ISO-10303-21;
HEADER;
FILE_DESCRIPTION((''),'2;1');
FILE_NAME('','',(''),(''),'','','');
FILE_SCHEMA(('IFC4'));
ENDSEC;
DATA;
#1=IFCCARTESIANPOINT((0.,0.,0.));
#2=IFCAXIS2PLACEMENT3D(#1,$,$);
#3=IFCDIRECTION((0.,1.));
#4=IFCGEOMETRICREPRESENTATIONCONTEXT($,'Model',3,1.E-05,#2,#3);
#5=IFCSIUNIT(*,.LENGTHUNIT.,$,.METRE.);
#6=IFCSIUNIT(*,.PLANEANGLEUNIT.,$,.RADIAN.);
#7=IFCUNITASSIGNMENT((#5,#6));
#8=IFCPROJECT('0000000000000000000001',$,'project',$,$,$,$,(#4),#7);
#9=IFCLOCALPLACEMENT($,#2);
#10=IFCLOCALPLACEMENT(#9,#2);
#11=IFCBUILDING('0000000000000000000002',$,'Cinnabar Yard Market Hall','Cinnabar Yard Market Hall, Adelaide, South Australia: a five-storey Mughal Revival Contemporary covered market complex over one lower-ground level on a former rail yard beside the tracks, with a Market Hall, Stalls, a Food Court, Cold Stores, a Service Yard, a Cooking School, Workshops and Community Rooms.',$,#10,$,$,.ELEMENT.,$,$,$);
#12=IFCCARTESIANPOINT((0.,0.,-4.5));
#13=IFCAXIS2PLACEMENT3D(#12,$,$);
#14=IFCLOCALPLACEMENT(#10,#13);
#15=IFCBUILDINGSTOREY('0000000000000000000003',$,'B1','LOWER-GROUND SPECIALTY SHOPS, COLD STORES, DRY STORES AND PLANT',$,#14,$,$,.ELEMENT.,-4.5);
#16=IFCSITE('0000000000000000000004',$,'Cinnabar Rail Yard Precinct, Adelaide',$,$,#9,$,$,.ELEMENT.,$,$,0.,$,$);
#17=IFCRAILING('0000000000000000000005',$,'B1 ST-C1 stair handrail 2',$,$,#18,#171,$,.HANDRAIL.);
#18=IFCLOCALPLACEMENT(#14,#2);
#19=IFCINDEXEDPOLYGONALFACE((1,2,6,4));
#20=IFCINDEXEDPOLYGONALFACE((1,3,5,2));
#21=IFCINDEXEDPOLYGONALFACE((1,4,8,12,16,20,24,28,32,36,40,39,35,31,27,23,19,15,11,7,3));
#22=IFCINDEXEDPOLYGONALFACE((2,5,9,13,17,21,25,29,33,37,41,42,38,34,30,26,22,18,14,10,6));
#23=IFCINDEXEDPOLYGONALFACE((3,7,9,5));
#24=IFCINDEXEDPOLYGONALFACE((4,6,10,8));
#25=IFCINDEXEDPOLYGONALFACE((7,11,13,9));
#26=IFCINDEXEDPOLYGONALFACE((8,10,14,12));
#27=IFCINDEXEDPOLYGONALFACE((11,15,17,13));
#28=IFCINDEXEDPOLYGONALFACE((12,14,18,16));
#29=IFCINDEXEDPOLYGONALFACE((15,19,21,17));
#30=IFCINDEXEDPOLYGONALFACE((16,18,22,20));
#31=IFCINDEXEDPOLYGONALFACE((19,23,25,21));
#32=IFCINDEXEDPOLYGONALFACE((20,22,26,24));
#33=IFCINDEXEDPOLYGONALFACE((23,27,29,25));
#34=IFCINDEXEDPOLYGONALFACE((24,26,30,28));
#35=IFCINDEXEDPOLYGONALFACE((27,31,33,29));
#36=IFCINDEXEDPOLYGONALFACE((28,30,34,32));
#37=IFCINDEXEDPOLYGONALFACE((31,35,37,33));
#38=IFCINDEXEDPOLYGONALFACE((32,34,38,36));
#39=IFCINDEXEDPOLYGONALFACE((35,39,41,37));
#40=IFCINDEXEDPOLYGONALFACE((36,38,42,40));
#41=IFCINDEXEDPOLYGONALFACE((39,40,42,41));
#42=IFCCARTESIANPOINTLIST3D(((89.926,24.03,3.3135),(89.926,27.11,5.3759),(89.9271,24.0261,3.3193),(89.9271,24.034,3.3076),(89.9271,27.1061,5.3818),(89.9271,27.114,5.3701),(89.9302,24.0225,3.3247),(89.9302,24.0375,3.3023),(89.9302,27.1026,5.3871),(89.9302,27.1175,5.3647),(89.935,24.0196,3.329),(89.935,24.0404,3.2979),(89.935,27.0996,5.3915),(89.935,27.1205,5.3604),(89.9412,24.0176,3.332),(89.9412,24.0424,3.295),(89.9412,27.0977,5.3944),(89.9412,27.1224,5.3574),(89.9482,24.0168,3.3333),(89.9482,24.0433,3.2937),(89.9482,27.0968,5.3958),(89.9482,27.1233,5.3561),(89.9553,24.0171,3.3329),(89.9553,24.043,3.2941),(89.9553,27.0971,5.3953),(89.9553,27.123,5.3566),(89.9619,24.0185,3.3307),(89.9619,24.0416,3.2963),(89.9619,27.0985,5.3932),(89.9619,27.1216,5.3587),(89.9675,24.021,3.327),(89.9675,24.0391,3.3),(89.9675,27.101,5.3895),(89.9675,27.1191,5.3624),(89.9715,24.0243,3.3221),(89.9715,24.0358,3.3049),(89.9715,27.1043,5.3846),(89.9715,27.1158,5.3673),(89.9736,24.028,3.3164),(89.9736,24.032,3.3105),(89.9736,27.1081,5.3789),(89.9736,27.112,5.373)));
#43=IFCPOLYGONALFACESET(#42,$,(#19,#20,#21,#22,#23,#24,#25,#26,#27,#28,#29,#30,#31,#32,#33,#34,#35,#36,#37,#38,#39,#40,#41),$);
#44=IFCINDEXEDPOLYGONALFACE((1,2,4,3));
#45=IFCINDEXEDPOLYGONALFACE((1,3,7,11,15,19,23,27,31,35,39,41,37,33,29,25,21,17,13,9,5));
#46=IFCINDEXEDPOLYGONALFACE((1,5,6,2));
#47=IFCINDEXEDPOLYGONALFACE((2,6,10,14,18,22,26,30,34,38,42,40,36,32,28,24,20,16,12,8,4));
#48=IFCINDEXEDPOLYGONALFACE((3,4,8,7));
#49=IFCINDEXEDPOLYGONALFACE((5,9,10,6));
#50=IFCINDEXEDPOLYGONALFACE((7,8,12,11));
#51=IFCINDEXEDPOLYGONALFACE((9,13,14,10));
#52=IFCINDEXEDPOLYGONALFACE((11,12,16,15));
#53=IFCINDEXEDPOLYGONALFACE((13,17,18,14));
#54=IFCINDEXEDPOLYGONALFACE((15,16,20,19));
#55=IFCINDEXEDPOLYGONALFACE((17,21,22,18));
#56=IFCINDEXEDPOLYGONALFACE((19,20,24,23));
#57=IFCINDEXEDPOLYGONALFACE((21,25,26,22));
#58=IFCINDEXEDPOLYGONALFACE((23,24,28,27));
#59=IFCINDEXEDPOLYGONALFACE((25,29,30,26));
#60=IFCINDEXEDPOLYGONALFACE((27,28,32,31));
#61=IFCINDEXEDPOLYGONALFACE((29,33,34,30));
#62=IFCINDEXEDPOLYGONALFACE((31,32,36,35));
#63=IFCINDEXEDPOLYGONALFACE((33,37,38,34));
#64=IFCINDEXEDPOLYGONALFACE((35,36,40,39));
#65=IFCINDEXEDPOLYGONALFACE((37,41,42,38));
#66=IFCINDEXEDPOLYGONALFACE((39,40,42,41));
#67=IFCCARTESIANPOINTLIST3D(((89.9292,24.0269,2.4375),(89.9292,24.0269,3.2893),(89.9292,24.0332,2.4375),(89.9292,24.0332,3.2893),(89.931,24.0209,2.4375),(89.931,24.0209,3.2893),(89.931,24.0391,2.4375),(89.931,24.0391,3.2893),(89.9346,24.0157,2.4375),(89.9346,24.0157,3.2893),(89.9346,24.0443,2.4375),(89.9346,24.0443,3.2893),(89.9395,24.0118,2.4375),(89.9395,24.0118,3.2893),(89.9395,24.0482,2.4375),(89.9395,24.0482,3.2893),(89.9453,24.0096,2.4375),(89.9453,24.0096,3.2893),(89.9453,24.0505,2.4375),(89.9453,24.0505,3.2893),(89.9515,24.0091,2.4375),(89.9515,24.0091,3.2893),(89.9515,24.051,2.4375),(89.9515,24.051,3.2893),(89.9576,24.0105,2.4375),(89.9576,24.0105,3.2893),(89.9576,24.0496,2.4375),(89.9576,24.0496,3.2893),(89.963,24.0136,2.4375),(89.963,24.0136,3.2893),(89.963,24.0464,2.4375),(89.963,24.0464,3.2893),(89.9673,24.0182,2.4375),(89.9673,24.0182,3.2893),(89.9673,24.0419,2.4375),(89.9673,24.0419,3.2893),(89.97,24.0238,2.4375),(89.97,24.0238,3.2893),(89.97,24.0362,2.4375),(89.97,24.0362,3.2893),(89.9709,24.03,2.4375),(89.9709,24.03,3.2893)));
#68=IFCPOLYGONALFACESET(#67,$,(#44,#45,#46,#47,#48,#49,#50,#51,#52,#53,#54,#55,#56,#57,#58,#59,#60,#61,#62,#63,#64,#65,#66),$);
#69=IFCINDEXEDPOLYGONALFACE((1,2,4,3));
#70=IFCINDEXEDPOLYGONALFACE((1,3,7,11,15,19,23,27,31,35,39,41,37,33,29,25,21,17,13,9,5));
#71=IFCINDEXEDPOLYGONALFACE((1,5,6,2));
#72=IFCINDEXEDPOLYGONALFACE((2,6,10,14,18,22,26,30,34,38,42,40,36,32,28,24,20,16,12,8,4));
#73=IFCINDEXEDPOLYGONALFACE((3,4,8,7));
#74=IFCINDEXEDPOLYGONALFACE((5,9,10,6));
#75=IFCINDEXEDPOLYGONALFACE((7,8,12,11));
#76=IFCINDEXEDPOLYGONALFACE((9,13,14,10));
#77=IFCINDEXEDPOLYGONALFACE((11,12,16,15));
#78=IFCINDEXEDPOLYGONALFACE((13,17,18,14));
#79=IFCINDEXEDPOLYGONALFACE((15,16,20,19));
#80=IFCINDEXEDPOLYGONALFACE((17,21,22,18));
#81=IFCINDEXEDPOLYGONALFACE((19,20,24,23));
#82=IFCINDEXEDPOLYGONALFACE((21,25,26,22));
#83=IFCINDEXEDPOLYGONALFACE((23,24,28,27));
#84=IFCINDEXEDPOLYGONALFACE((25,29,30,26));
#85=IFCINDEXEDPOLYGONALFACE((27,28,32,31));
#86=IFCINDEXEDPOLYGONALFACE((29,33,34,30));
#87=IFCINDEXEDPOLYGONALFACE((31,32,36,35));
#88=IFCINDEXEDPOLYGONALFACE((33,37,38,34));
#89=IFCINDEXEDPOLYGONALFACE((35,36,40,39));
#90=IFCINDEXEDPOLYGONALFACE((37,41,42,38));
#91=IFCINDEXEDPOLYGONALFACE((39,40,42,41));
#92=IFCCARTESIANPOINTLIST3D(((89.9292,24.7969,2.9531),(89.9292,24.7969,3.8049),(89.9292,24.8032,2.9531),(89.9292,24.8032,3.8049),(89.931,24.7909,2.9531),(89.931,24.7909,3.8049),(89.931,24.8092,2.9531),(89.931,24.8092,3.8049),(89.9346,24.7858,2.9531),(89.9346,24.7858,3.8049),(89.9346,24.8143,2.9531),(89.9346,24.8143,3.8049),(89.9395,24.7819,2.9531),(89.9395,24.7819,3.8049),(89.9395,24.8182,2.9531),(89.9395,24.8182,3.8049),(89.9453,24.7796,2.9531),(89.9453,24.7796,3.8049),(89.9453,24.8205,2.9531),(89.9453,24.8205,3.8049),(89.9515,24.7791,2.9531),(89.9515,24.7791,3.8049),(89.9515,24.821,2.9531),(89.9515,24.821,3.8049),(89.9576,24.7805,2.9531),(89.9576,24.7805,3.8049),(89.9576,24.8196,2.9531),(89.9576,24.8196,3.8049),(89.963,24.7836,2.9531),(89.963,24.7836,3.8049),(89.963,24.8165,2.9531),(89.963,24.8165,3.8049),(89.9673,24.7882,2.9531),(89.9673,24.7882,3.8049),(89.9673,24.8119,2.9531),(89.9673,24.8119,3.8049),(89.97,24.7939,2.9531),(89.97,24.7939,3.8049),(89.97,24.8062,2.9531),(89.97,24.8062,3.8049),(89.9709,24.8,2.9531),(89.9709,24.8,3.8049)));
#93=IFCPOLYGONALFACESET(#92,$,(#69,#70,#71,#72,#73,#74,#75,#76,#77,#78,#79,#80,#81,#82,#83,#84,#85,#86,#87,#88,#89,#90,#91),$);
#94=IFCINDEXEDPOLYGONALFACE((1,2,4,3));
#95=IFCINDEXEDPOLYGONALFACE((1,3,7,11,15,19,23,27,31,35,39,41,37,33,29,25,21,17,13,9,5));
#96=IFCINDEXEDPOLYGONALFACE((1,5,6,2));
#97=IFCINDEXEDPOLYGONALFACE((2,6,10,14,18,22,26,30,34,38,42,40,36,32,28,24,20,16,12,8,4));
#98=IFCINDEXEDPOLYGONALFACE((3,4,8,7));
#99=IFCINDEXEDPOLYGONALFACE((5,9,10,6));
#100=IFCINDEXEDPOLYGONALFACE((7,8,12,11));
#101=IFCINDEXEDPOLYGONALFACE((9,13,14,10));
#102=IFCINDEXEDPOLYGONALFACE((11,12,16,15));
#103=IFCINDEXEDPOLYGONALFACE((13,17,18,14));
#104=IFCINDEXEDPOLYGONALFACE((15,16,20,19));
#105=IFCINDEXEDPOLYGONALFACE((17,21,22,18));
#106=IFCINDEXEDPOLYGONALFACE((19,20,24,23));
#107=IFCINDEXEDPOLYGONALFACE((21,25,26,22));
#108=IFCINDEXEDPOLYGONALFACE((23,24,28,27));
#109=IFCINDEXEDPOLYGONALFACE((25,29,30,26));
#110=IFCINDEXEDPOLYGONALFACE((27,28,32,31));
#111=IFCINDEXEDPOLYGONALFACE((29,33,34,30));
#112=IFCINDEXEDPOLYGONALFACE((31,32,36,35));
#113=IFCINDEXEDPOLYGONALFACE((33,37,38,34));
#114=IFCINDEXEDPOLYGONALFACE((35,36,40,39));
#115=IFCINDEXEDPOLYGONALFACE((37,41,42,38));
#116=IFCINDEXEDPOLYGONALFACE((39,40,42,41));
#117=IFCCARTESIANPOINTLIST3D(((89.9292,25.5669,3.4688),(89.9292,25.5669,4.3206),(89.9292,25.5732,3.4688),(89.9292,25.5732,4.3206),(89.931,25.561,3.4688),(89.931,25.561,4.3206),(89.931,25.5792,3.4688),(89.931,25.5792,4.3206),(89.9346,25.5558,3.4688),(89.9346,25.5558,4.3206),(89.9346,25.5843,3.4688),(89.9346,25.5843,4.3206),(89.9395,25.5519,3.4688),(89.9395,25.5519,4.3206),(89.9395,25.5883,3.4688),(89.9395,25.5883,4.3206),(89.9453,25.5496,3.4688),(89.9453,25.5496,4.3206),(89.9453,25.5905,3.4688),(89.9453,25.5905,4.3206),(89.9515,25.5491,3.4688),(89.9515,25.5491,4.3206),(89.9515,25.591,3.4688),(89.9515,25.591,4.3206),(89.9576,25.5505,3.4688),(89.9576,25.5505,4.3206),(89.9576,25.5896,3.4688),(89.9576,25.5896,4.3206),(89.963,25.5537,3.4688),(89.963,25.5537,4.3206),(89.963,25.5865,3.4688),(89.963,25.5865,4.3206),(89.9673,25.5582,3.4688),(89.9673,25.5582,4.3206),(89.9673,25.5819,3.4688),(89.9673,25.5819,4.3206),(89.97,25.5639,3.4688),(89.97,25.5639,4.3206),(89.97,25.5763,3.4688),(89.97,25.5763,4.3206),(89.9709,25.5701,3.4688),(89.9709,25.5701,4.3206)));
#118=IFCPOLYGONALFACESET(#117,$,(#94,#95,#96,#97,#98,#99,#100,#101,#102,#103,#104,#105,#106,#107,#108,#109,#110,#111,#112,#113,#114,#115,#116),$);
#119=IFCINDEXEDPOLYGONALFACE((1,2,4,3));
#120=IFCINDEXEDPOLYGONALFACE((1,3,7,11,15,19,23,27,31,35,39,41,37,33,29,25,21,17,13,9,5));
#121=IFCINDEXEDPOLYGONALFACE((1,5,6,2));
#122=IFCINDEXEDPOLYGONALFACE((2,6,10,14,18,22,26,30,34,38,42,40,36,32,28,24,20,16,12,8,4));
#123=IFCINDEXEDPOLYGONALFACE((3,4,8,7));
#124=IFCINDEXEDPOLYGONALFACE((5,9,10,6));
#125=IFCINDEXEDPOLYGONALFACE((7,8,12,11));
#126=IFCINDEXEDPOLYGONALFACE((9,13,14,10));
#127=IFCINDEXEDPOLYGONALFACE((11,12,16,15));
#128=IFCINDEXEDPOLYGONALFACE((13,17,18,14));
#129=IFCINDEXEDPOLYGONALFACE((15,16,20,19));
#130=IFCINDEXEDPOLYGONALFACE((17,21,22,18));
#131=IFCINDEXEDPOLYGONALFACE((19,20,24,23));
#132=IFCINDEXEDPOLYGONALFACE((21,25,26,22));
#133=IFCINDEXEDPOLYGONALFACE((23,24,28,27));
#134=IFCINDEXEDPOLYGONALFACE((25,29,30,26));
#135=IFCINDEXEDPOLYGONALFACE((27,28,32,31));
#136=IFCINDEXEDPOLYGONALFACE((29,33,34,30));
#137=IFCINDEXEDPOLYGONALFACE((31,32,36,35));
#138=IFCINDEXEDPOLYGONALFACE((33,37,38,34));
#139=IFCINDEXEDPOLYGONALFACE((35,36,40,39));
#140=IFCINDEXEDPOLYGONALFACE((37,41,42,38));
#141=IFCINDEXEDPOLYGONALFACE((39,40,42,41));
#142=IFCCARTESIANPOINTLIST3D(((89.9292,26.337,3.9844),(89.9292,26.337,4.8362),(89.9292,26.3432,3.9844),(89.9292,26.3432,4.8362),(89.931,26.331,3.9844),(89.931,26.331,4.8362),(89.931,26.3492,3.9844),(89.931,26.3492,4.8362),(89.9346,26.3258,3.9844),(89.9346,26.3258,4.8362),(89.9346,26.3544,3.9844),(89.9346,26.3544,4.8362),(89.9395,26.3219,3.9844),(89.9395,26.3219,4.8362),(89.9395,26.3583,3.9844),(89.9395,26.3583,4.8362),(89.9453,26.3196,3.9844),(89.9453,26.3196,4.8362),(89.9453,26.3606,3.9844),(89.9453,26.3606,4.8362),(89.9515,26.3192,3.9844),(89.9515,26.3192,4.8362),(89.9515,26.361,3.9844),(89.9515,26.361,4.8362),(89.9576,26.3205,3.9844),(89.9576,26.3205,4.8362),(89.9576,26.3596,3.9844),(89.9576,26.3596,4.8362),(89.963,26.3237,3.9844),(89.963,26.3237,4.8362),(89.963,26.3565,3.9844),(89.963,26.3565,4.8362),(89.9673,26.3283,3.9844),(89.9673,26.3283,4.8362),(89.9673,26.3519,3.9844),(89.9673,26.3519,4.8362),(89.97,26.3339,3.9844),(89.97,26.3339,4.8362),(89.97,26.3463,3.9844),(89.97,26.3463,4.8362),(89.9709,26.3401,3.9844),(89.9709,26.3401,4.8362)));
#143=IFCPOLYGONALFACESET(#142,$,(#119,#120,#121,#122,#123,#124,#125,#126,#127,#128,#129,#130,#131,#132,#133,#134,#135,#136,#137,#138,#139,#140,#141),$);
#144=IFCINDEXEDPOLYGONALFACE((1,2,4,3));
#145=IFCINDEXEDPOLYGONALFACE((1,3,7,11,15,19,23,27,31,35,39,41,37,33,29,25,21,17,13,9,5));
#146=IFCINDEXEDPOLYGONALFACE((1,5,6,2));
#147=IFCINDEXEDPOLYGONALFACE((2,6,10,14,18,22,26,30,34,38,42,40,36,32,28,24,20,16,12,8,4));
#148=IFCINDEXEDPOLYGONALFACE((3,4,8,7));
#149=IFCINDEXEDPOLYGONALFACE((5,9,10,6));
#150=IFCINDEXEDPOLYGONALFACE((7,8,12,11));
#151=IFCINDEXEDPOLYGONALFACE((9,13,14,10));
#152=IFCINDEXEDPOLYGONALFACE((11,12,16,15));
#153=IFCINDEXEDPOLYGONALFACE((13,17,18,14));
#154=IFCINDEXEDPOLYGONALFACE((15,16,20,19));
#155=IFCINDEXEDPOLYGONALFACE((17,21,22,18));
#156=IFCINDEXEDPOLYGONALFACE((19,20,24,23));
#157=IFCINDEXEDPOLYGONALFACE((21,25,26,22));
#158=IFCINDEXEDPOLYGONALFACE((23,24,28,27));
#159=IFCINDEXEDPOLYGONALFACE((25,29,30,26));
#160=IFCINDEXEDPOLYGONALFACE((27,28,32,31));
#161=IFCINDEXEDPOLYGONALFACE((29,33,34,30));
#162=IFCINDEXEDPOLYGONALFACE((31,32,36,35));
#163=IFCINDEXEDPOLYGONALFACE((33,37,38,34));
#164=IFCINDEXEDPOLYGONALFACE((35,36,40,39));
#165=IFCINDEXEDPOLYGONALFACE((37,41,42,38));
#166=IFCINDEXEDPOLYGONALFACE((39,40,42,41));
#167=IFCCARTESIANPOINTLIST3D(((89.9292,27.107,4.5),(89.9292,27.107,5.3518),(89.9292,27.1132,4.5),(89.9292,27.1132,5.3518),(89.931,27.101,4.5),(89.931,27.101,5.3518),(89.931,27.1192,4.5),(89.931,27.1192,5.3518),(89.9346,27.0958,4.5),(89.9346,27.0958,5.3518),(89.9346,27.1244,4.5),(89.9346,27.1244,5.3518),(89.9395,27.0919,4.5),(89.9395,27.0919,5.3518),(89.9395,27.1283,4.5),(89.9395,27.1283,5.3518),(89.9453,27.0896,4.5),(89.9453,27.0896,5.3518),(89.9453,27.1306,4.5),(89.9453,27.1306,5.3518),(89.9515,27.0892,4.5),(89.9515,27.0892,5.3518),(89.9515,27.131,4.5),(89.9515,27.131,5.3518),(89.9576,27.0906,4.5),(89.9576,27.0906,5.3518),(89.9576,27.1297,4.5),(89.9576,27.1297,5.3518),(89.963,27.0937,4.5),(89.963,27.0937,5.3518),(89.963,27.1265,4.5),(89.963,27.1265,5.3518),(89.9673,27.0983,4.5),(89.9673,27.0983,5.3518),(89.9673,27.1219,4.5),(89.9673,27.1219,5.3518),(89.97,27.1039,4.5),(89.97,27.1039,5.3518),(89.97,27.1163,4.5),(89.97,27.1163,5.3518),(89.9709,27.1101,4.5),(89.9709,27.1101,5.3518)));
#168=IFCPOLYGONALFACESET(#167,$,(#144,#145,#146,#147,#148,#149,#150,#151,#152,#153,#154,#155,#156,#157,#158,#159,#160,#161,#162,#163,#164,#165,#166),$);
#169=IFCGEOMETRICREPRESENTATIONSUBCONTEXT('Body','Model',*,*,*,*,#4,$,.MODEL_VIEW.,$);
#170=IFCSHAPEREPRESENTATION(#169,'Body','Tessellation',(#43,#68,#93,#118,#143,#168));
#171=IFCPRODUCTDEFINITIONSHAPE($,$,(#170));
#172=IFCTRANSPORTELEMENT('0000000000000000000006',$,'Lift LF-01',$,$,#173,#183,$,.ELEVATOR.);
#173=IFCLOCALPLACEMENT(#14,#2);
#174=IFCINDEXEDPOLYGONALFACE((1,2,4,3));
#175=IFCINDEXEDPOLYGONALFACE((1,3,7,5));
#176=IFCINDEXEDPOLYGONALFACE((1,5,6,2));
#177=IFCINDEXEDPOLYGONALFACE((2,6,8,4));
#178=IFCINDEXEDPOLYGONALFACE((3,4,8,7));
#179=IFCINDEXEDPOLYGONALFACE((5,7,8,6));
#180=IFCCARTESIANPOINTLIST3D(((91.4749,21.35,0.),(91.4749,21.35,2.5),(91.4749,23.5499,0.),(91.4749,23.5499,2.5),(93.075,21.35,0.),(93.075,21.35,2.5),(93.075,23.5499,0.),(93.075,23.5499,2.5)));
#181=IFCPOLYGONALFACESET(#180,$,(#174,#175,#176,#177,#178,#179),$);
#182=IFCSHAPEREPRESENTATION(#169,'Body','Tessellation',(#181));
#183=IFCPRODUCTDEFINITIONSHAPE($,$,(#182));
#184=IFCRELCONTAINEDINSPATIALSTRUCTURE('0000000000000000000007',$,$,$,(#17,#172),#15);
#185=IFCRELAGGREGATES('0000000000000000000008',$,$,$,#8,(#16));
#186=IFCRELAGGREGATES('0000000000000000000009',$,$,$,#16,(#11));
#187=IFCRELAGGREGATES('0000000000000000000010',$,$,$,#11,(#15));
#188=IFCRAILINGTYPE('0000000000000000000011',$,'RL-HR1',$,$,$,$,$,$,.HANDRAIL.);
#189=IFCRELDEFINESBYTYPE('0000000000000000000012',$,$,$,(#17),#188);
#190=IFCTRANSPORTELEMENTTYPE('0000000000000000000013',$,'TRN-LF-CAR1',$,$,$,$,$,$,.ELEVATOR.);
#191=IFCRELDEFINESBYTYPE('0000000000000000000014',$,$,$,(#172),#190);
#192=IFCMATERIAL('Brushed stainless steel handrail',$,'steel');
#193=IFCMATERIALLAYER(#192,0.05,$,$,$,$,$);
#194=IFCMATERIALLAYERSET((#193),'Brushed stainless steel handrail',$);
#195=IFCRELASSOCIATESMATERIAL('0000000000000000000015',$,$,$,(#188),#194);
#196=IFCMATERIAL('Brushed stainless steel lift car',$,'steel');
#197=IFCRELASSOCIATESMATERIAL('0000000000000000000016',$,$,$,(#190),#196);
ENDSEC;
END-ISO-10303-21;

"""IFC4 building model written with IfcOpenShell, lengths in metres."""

from ifc_helpers import new_model, si_unit, direction, frame, origin, origin_2d_with_axis, place, context, subcontext, project, spatial, rectangle, circle, extrude, material, layer, layer_set, type_object, element, save


model = new_model("IFC4")

# Units and contexts
model_context = context("Model", 3, precision=1e-05, world=origin(), true_north=direction((0.0, 1.0)))
body_context = subcontext(model_context, "Body", "Model", "MODEL_VIEW")
ifc_project = project(units=[si_unit("LENGTHUNIT", "METRE"), si_unit("PLANEANGLEUNIT", "RADIAN")], contexts=[model_context])

# Site, building, storey
site_placement = place(None, origin())
site = spatial("IfcSite", under=ifc_project, at=site_placement, Name="Cinnabar Rail Yard Precinct, Adelaide", CompositionType="ELEMENT", RefElevation=0.0)
building_placement = place(site_placement, origin())
building = spatial("IfcBuilding", under=site, at=building_placement, Name="Cinnabar Yard Market Hall", Description="Cinnabar Yard Market Hall, Adelaide, South Australia: a five-storey Mughal Revival Contemporary covered market complex over one lower-ground level on a former rail yard beside the tracks, with a Market Hall, Stalls, a Food Court, Cold Stores, a Service Yard, a Cooking School, Workshops and Community Rooms.", CompositionType="ELEMENT")
storey_placement = place(building_placement, frame((0.0, 0.0, -4.5)))
storey = spatial("IfcBuildingStorey", under=building, at=storey_placement, Name="B1", Description="LOWER-GROUND SPECIALTY SHOPS, COLD STORES, DRY STORES AND PLANT", CompositionType="ELEMENT", Elevation=-4.5)

# Railing
ifc_material_1 = material(Name="Brushed stainless steel handrail", Category="steel")
ifc_layer_1 = layer(ifc_material_1, 0.05)
ifc_layer_set_1 = layer_set([ifc_layer_1], Name="Brushed stainless steel handrail")
railing_type_1 = type_object("IfcRailingType", Name="RL-HR1", PredefinedType="HANDRAIL", material=ifc_layer_set_1)
railing_1_placement = place(storey_placement, frame((89.95, 24.03, 2.4375)))
element("IfcRailing", 1, at=railing_1_placement, inside=storey, type_object=railing_type_1, Name="B1 ST-C1 stair handrail 2", PredefinedType="HANDRAIL", context=body_context, shape_type="SweptSolid", body=[
    extrude(circle(Radius=0.0239, at=origin_2d_with_axis()), frame((0.0, 0.0, 0.876), z_axis=(0.0, 0.830914, 0.556401), x_axis=(-1.0, 0.0, 0.0)), (0.0, 0.0, 1.0), 3.7068),
    extrude(circle(Radius=0.021, at=origin_2d_with_axis()), origin(), (0.0, 0.0, 1.0), 0.8518),
    extrude(circle(Radius=0.021, at=origin_2d_with_axis()), frame((0.0, 0.77, 0.5156)), (0.0, 0.0, 1.0), 0.8518),
    extrude(circle(Radius=0.021, at=origin_2d_with_axis()), frame((0.0, 1.54, 1.0312)), (0.0, 0.0, 1.0), 0.8518),
    extrude(circle(Radius=0.021, at=origin_2d_with_axis()), frame((0.0, 2.3101, 1.5469)), (0.0, 0.0, 1.0), 0.8518),
    extrude(circle(Radius=0.021, at=origin_2d_with_axis()), frame((0.0, 3.0801, 2.0625)), (0.0, 0.0, 1.0), 0.8518),
])

# Transport element
ifc_material_2 = material(Name="Brushed stainless steel lift car", Category="steel")
transport_element_type = type_object("IfcTransportElementType", Name="TRN-LF-CAR1", PredefinedType="ELEVATOR", material=ifc_material_2)
transport_element_placement = place(storey_placement, frame((92.2749, 22.45, 0.0), z_axis=(0.0, 0.0, 1.0), x_axis=(1.0, 0.0, 0.0)))
element("IfcTransportElement", 2, at=transport_element_placement, inside=storey, type_object=transport_element_type, Name="Lift LF-01", PredefinedType="ELEVATOR", context=body_context, shape_type="SweptSolid", body=[
    extrude(rectangle(XDim=1.6001, YDim=2.2, at=origin_2d_with_axis()), origin(), (0.0, 0.0, 1.0), 2.5),
])

save(model, "model.ifc")
